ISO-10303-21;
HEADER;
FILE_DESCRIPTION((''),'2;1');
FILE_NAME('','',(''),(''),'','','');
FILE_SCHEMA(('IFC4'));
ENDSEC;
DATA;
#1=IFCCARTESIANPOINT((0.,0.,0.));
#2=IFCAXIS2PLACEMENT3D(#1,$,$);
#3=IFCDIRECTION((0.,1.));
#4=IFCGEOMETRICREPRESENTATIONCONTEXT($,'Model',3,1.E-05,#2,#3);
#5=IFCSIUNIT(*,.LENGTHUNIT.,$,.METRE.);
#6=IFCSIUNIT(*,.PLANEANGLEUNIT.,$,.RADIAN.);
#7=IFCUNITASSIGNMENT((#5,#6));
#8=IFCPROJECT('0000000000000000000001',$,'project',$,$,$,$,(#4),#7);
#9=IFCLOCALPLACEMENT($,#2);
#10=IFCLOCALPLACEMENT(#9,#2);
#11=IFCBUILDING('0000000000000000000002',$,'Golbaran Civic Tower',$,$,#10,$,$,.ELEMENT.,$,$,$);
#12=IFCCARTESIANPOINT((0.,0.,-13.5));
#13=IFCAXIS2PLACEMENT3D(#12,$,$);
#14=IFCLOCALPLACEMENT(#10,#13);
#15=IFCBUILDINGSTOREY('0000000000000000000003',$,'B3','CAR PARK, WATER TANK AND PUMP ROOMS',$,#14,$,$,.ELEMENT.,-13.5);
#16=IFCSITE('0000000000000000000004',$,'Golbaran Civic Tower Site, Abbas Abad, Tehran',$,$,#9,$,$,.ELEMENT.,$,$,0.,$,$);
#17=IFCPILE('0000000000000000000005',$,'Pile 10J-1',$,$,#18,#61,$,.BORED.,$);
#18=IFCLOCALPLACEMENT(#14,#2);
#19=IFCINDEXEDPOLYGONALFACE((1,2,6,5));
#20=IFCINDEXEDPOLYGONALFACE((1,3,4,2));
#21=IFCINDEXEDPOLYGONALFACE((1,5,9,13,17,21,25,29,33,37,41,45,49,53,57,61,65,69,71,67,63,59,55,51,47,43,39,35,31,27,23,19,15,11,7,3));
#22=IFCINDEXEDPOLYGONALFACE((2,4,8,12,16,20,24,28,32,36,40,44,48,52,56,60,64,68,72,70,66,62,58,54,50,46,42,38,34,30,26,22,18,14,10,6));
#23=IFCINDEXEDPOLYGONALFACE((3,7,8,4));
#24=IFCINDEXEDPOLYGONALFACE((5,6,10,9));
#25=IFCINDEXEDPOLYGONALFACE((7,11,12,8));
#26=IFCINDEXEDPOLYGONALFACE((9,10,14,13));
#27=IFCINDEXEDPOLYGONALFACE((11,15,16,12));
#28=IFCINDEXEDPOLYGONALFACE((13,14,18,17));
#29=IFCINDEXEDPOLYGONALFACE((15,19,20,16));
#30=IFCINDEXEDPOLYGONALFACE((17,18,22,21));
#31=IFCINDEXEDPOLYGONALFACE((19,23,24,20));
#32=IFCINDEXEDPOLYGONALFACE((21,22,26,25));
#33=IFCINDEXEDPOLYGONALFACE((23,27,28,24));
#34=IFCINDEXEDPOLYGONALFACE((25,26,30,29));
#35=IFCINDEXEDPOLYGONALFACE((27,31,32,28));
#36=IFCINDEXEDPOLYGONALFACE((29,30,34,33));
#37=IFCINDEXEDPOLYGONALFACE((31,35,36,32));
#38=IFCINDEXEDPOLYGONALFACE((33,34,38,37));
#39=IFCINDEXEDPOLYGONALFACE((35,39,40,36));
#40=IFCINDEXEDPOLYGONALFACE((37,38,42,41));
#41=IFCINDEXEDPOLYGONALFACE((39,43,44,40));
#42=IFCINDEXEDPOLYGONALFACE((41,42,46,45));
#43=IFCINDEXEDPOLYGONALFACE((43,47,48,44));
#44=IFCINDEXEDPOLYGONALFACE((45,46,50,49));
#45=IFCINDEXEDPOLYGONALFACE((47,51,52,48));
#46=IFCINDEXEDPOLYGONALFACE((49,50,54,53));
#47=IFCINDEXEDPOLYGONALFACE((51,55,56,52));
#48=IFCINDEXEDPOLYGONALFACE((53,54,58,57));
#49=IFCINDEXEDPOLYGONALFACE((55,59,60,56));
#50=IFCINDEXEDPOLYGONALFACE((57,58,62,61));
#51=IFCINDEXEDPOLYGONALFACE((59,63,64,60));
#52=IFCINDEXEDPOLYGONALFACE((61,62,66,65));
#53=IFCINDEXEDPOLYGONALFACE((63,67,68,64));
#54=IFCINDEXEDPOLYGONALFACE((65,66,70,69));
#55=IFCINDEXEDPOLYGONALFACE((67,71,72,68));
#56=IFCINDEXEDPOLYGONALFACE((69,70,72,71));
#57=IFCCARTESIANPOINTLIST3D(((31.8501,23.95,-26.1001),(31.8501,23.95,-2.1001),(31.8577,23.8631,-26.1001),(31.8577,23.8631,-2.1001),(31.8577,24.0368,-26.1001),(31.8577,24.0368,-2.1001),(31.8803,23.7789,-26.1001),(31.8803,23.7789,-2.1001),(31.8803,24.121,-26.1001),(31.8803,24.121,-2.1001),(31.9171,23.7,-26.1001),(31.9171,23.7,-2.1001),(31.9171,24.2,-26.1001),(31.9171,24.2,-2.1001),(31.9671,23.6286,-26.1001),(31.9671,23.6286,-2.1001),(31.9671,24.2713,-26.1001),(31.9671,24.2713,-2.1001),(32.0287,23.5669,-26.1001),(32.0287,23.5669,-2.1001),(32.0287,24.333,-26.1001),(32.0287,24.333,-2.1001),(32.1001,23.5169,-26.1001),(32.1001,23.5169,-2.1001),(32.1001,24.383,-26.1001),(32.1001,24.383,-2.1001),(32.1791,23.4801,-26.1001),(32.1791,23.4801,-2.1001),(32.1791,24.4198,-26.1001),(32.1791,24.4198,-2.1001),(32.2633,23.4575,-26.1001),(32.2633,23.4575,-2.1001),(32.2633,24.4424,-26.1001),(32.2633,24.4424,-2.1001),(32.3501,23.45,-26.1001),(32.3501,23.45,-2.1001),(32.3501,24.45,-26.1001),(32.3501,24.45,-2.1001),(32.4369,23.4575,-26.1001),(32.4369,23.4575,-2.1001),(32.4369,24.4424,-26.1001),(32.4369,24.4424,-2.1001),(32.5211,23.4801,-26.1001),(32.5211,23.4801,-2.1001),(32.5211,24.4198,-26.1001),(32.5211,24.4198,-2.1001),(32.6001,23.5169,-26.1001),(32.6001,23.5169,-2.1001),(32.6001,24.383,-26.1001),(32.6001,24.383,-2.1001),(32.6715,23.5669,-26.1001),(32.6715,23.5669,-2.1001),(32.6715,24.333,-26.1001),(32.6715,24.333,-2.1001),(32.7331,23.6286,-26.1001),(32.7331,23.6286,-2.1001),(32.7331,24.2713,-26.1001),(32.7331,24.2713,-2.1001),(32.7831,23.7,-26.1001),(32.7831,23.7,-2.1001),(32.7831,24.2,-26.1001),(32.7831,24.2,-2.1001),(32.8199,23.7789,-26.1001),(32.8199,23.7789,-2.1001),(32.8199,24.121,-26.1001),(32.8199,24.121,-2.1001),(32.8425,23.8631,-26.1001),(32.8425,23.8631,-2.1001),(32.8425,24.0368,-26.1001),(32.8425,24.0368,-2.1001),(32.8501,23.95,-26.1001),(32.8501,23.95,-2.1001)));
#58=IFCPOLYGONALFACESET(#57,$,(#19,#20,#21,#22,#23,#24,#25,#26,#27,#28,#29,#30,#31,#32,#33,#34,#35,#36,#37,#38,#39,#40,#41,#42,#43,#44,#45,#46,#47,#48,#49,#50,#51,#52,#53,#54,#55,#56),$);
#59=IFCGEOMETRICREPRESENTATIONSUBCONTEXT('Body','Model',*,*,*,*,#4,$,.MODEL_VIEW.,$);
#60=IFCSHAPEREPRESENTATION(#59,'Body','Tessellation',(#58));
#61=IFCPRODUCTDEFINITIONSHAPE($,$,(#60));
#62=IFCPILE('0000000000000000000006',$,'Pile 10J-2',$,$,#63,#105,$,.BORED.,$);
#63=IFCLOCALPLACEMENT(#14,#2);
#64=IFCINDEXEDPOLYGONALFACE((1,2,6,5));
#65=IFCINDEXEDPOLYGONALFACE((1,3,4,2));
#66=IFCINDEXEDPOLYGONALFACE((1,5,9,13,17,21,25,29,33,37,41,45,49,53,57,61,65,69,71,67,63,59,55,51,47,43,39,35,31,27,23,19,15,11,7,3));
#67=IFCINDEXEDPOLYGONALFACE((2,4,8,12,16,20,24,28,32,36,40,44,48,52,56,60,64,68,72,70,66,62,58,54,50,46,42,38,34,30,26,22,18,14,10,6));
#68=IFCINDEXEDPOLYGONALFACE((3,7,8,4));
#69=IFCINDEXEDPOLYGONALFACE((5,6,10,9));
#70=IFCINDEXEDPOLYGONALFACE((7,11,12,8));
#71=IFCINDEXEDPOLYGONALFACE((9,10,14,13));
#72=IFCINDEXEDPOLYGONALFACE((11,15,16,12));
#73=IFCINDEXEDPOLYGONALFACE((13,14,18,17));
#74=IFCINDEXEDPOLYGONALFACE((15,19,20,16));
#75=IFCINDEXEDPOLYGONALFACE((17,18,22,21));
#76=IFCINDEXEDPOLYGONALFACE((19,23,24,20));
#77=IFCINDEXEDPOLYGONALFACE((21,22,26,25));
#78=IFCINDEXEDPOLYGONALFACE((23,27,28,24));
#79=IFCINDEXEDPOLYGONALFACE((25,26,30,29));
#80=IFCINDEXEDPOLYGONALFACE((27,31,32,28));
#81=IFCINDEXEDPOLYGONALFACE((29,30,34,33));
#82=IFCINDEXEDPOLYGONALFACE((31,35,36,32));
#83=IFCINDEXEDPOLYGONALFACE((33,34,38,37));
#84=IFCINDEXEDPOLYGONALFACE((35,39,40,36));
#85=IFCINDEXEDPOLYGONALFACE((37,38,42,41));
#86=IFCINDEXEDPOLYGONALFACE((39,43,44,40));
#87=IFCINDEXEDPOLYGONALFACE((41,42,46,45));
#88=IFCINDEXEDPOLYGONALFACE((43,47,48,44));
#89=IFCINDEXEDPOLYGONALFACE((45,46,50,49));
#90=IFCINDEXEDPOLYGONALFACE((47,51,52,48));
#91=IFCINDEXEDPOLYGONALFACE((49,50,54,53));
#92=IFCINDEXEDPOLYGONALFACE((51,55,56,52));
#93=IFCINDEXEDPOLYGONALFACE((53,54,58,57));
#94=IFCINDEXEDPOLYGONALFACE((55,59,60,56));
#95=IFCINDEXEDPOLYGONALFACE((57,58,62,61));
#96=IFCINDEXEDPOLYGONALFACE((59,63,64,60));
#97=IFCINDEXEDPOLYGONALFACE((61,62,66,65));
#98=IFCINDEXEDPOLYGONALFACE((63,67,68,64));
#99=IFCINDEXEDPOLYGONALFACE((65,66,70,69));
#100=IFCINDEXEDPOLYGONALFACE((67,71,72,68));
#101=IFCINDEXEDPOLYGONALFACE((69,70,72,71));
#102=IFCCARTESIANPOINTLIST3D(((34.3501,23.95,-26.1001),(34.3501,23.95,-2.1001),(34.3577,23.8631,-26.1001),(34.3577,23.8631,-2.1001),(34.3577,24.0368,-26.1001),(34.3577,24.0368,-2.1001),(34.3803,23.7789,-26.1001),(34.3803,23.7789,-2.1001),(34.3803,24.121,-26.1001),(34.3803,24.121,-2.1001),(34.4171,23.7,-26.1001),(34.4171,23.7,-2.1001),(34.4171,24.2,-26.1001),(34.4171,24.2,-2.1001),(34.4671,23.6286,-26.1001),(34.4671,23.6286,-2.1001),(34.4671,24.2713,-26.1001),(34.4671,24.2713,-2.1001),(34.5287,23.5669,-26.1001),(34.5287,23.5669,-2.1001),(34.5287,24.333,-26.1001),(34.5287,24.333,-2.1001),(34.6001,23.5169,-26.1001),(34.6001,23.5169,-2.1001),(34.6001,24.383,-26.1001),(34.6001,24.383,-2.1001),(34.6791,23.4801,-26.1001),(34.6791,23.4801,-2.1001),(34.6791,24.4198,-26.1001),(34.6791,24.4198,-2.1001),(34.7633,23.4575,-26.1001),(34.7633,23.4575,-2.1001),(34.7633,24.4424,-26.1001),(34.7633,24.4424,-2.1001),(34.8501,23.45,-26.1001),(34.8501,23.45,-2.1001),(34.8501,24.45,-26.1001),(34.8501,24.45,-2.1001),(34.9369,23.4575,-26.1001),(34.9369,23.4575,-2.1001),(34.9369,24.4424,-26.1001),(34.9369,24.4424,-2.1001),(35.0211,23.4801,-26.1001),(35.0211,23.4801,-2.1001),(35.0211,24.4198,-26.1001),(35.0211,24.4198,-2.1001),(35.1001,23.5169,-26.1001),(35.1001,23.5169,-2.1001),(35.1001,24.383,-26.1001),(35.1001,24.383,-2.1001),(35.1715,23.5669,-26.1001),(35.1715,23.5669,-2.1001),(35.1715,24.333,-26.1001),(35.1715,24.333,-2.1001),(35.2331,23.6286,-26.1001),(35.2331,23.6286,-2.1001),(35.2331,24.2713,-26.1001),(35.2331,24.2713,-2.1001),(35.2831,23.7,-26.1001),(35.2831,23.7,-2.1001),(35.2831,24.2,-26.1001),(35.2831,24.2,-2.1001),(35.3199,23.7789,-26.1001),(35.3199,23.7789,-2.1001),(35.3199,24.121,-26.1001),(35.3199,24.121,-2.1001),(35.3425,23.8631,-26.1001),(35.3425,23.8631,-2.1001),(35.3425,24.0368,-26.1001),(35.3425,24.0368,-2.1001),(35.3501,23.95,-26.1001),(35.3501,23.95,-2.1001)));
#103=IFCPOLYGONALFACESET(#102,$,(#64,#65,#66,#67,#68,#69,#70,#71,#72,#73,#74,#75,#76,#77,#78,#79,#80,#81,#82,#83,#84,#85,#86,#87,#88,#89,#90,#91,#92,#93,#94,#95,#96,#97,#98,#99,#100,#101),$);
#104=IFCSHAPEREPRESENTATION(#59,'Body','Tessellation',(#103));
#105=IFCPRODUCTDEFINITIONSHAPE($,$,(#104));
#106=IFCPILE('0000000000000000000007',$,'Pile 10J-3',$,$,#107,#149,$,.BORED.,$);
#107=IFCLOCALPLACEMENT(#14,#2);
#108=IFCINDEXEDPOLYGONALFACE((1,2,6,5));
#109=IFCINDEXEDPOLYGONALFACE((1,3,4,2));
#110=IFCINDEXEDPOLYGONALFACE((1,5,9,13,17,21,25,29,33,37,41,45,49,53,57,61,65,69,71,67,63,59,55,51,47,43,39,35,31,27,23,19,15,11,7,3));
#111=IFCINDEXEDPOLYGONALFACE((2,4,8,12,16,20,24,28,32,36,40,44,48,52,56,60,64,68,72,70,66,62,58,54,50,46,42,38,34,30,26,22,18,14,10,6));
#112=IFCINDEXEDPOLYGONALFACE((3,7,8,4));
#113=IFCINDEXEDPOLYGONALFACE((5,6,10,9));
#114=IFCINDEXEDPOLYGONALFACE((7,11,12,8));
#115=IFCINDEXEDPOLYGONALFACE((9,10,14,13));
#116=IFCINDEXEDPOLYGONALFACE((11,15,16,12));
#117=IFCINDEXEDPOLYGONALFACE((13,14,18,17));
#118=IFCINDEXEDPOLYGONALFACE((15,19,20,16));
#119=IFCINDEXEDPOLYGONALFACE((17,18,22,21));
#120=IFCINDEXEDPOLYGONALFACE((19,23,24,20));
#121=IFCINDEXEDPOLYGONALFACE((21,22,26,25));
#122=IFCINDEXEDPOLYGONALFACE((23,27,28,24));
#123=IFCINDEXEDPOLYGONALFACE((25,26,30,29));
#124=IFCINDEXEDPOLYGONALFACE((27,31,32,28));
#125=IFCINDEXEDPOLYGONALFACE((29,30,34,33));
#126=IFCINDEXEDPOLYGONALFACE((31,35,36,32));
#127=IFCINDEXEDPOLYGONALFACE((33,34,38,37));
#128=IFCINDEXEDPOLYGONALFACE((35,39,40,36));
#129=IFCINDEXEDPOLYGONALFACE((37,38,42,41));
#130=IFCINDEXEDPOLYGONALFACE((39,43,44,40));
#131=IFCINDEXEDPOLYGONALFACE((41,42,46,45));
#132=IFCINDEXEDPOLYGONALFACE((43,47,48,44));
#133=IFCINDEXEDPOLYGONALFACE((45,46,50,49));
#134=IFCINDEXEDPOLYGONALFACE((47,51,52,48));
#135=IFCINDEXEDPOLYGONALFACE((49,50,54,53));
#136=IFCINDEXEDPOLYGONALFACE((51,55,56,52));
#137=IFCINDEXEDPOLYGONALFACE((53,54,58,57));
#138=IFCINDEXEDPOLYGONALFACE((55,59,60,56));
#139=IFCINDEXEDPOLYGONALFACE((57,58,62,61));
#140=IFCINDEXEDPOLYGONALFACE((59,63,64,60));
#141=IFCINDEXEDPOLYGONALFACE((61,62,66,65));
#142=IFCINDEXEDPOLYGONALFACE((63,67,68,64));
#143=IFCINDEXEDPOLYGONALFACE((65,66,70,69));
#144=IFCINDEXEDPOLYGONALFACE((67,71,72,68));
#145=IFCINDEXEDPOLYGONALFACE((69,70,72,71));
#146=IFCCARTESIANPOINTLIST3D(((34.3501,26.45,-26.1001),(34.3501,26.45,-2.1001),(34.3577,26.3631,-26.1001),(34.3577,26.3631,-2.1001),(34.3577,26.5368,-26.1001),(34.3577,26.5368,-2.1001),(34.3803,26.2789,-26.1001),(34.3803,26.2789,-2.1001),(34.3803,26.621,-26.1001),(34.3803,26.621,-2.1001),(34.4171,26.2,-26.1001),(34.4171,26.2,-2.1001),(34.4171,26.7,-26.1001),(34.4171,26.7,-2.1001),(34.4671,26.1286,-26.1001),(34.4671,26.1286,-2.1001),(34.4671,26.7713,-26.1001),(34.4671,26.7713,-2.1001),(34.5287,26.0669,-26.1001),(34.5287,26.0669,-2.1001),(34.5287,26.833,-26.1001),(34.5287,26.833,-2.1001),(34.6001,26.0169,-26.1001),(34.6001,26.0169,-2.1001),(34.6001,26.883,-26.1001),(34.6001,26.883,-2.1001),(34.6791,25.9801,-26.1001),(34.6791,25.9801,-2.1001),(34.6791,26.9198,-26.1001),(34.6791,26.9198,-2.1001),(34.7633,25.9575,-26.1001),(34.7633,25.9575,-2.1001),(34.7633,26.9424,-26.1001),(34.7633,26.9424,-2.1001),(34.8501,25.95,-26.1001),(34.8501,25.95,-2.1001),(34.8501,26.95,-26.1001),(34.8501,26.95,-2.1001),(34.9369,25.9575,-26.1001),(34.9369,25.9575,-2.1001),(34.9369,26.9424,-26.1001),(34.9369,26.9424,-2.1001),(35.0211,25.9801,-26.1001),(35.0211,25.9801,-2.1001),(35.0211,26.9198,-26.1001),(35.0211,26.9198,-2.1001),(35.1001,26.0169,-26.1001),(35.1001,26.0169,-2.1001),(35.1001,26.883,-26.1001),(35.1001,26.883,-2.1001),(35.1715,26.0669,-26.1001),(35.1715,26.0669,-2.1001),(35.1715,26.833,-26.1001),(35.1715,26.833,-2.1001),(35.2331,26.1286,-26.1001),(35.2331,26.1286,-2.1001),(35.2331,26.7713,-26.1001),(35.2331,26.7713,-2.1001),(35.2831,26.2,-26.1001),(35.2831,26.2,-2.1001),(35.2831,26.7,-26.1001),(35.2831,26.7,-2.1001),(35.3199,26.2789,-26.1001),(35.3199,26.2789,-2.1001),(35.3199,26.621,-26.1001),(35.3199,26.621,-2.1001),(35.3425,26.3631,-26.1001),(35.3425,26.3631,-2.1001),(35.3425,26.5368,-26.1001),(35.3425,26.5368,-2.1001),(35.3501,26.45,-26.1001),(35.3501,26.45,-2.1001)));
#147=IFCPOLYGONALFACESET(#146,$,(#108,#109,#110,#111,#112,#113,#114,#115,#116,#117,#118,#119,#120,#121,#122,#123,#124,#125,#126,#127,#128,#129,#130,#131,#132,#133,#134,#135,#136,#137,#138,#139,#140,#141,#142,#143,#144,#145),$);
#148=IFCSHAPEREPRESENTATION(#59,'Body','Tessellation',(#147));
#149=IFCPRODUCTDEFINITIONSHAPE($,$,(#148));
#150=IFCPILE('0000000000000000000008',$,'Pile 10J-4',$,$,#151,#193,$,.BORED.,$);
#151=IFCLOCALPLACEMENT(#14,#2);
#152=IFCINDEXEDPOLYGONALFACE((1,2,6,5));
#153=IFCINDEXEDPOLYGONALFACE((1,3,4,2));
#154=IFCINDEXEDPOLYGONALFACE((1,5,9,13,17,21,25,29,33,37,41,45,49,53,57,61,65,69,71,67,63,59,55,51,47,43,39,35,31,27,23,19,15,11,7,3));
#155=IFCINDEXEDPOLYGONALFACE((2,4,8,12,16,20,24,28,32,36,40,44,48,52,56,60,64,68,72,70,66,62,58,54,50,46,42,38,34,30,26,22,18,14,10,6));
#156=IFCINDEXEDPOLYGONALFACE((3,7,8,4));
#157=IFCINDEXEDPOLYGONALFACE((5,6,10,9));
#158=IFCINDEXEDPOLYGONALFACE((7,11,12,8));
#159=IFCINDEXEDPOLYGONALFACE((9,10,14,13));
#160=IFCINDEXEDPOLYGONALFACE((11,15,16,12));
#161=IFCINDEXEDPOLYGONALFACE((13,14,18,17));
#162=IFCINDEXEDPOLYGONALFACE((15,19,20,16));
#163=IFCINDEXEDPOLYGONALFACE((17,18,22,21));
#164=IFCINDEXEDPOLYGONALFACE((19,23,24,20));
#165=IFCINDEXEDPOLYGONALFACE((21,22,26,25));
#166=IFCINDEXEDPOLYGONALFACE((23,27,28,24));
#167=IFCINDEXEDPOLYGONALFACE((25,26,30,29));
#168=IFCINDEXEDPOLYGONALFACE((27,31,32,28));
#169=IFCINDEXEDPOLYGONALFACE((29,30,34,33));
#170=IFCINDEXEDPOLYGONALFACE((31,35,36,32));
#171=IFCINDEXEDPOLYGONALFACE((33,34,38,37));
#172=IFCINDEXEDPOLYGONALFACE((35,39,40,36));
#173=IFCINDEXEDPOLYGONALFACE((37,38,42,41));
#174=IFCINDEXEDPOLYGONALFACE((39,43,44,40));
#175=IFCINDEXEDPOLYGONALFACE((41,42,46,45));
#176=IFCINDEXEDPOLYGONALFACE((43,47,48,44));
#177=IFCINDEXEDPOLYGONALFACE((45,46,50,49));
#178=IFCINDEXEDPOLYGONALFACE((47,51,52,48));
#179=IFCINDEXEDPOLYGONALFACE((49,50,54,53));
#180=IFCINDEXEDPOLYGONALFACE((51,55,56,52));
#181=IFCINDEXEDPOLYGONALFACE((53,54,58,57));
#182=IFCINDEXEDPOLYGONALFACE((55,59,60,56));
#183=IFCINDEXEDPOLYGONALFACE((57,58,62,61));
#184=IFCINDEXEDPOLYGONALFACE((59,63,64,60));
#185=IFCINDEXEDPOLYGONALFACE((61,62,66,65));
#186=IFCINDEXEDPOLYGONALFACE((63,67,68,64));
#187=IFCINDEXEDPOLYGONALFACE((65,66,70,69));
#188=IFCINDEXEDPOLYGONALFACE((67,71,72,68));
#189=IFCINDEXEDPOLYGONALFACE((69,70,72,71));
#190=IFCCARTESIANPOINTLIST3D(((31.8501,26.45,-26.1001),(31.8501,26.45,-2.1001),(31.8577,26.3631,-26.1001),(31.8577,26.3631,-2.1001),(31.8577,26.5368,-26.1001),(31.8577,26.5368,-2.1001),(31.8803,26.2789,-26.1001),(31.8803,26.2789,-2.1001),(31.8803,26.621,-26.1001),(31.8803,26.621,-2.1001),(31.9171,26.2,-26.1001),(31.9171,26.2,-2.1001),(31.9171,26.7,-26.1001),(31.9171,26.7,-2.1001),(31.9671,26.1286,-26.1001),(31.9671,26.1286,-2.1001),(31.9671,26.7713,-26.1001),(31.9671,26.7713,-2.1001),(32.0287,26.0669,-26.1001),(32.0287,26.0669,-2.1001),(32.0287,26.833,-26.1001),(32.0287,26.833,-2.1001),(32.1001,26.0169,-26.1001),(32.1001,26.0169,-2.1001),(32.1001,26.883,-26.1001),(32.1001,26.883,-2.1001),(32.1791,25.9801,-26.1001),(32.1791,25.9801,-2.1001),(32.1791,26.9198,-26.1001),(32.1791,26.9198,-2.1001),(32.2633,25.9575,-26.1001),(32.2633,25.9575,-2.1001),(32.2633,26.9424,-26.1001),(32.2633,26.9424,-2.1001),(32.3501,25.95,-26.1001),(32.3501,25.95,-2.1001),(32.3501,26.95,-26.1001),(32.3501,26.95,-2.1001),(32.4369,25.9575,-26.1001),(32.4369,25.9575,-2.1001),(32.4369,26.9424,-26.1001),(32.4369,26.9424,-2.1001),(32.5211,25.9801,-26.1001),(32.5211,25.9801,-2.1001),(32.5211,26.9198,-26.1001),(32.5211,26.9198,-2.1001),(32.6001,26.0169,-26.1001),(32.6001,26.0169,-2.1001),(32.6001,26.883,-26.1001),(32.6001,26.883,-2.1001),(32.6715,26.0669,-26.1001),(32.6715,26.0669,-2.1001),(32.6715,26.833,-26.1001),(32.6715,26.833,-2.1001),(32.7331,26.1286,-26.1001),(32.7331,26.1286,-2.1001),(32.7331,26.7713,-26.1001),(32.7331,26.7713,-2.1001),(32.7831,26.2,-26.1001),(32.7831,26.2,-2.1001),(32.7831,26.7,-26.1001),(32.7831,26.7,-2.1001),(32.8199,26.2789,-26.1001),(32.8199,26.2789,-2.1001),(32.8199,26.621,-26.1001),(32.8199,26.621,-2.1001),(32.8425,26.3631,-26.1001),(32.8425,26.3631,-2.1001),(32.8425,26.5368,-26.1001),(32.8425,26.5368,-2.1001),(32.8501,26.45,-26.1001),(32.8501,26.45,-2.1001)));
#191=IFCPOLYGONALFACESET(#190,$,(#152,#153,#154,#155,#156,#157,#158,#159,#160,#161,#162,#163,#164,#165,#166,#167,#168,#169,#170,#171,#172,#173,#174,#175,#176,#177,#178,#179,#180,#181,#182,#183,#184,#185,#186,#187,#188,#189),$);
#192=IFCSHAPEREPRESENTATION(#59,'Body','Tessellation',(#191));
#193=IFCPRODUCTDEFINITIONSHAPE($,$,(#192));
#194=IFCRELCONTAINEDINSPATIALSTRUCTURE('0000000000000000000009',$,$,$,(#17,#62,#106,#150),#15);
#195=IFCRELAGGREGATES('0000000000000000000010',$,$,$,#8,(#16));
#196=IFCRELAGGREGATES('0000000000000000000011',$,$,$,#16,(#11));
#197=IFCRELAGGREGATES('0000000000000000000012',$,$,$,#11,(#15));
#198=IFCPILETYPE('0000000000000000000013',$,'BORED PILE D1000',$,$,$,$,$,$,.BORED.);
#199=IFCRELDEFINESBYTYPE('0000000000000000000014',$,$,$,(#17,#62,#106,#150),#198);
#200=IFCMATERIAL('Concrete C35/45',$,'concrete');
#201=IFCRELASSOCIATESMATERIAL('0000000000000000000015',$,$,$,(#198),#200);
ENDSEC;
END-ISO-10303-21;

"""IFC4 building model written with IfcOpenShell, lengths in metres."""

from ifc_helpers import new_model, si_unit, direction, frame, origin, origin_2d, place, context, subcontext, project, spatial, circle, extrude, material, material_profile, profile_set, type_object, element, save


model = new_model("IFC4")

# Units and contexts
model_context = context("Model", 3, precision=1e-05, world=origin(), true_north=direction((0.0, 1.0)))
body_context = subcontext(model_context, "Body", "Model", "MODEL_VIEW")
ifc_project = project(units=[si_unit("LENGTHUNIT", "METRE"), si_unit("PLANEANGLEUNIT", "RADIAN")], contexts=[model_context])

# Site, building, storey
site_placement = place(None, origin())
site = spatial("IfcSite", under=ifc_project, at=site_placement, Name="Golbaran Civic Tower Site, Abbas Abad, Tehran", CompositionType="ELEMENT", RefElevation=0.0)
building_placement = place(site_placement, origin())
building = spatial("IfcBuilding", under=site, at=building_placement, Name="Golbaran Civic Tower", CompositionType="ELEMENT")
storey_placement = place(building_placement, frame((0.0, 0.0, -13.5)))
storey = spatial("IfcBuildingStorey", under=building, at=storey_placement, Name="B3", Description="CAR PARK, WATER TANK AND PUMP ROOMS", CompositionType="ELEMENT", Elevation=-13.5)

# Piles
ifc_material_1 = material(Name="Concrete C35/45", Category="concrete")
ifc_material_profile_1 = material_profile(ifc_material_1, circle(Radius=0.5, at=origin_2d()), Name="BORED PILE D1000")
ifc_profile_set_1 = profile_set([ifc_material_profile_1], Name="Concrete C35/45")
pile_type_1 = type_object("IfcPileType", Name="BORED PILE D1000", PredefinedType="BORED", material=ifc_profile_set_1)
for number, where, z_axis, x_axis, name in (
    (1, (32.3501, 23.95, -2.1001), (0.0, 0.0, -1.0), (1.0, 0.0, 0.0), "Pile 10J-1"),
    (2, (34.8501, 23.95, -2.1001), (0.0, 0.0, -1.0), (1.0, 0.0, 0.0), "Pile 10J-2"),
    (3, (34.8501, 26.45, -2.1001), (0.0, 0.0, -1.0), (1.0, 0.0, 0.0), "Pile 10J-3"),
    (4, (32.3501, 26.45, -2.1001), (0.0, 0.0, -1.0), (1.0, 0.0, 0.0), "Pile 10J-4"),
):
    element("IfcPile", number, at=place(storey_placement, frame(where, z_axis=z_axis, x_axis=x_axis)), inside=storey, type_object=pile_type_1, Name=name, PredefinedType="BORED", context=body_context, shape_type="SweptSolid", body=[
        extrude(circle(Radius=0.5, at=origin_2d()), origin(), (0.0, 0.0, 1.0), 24.0),
    ])

save(model, "model.ifc")
